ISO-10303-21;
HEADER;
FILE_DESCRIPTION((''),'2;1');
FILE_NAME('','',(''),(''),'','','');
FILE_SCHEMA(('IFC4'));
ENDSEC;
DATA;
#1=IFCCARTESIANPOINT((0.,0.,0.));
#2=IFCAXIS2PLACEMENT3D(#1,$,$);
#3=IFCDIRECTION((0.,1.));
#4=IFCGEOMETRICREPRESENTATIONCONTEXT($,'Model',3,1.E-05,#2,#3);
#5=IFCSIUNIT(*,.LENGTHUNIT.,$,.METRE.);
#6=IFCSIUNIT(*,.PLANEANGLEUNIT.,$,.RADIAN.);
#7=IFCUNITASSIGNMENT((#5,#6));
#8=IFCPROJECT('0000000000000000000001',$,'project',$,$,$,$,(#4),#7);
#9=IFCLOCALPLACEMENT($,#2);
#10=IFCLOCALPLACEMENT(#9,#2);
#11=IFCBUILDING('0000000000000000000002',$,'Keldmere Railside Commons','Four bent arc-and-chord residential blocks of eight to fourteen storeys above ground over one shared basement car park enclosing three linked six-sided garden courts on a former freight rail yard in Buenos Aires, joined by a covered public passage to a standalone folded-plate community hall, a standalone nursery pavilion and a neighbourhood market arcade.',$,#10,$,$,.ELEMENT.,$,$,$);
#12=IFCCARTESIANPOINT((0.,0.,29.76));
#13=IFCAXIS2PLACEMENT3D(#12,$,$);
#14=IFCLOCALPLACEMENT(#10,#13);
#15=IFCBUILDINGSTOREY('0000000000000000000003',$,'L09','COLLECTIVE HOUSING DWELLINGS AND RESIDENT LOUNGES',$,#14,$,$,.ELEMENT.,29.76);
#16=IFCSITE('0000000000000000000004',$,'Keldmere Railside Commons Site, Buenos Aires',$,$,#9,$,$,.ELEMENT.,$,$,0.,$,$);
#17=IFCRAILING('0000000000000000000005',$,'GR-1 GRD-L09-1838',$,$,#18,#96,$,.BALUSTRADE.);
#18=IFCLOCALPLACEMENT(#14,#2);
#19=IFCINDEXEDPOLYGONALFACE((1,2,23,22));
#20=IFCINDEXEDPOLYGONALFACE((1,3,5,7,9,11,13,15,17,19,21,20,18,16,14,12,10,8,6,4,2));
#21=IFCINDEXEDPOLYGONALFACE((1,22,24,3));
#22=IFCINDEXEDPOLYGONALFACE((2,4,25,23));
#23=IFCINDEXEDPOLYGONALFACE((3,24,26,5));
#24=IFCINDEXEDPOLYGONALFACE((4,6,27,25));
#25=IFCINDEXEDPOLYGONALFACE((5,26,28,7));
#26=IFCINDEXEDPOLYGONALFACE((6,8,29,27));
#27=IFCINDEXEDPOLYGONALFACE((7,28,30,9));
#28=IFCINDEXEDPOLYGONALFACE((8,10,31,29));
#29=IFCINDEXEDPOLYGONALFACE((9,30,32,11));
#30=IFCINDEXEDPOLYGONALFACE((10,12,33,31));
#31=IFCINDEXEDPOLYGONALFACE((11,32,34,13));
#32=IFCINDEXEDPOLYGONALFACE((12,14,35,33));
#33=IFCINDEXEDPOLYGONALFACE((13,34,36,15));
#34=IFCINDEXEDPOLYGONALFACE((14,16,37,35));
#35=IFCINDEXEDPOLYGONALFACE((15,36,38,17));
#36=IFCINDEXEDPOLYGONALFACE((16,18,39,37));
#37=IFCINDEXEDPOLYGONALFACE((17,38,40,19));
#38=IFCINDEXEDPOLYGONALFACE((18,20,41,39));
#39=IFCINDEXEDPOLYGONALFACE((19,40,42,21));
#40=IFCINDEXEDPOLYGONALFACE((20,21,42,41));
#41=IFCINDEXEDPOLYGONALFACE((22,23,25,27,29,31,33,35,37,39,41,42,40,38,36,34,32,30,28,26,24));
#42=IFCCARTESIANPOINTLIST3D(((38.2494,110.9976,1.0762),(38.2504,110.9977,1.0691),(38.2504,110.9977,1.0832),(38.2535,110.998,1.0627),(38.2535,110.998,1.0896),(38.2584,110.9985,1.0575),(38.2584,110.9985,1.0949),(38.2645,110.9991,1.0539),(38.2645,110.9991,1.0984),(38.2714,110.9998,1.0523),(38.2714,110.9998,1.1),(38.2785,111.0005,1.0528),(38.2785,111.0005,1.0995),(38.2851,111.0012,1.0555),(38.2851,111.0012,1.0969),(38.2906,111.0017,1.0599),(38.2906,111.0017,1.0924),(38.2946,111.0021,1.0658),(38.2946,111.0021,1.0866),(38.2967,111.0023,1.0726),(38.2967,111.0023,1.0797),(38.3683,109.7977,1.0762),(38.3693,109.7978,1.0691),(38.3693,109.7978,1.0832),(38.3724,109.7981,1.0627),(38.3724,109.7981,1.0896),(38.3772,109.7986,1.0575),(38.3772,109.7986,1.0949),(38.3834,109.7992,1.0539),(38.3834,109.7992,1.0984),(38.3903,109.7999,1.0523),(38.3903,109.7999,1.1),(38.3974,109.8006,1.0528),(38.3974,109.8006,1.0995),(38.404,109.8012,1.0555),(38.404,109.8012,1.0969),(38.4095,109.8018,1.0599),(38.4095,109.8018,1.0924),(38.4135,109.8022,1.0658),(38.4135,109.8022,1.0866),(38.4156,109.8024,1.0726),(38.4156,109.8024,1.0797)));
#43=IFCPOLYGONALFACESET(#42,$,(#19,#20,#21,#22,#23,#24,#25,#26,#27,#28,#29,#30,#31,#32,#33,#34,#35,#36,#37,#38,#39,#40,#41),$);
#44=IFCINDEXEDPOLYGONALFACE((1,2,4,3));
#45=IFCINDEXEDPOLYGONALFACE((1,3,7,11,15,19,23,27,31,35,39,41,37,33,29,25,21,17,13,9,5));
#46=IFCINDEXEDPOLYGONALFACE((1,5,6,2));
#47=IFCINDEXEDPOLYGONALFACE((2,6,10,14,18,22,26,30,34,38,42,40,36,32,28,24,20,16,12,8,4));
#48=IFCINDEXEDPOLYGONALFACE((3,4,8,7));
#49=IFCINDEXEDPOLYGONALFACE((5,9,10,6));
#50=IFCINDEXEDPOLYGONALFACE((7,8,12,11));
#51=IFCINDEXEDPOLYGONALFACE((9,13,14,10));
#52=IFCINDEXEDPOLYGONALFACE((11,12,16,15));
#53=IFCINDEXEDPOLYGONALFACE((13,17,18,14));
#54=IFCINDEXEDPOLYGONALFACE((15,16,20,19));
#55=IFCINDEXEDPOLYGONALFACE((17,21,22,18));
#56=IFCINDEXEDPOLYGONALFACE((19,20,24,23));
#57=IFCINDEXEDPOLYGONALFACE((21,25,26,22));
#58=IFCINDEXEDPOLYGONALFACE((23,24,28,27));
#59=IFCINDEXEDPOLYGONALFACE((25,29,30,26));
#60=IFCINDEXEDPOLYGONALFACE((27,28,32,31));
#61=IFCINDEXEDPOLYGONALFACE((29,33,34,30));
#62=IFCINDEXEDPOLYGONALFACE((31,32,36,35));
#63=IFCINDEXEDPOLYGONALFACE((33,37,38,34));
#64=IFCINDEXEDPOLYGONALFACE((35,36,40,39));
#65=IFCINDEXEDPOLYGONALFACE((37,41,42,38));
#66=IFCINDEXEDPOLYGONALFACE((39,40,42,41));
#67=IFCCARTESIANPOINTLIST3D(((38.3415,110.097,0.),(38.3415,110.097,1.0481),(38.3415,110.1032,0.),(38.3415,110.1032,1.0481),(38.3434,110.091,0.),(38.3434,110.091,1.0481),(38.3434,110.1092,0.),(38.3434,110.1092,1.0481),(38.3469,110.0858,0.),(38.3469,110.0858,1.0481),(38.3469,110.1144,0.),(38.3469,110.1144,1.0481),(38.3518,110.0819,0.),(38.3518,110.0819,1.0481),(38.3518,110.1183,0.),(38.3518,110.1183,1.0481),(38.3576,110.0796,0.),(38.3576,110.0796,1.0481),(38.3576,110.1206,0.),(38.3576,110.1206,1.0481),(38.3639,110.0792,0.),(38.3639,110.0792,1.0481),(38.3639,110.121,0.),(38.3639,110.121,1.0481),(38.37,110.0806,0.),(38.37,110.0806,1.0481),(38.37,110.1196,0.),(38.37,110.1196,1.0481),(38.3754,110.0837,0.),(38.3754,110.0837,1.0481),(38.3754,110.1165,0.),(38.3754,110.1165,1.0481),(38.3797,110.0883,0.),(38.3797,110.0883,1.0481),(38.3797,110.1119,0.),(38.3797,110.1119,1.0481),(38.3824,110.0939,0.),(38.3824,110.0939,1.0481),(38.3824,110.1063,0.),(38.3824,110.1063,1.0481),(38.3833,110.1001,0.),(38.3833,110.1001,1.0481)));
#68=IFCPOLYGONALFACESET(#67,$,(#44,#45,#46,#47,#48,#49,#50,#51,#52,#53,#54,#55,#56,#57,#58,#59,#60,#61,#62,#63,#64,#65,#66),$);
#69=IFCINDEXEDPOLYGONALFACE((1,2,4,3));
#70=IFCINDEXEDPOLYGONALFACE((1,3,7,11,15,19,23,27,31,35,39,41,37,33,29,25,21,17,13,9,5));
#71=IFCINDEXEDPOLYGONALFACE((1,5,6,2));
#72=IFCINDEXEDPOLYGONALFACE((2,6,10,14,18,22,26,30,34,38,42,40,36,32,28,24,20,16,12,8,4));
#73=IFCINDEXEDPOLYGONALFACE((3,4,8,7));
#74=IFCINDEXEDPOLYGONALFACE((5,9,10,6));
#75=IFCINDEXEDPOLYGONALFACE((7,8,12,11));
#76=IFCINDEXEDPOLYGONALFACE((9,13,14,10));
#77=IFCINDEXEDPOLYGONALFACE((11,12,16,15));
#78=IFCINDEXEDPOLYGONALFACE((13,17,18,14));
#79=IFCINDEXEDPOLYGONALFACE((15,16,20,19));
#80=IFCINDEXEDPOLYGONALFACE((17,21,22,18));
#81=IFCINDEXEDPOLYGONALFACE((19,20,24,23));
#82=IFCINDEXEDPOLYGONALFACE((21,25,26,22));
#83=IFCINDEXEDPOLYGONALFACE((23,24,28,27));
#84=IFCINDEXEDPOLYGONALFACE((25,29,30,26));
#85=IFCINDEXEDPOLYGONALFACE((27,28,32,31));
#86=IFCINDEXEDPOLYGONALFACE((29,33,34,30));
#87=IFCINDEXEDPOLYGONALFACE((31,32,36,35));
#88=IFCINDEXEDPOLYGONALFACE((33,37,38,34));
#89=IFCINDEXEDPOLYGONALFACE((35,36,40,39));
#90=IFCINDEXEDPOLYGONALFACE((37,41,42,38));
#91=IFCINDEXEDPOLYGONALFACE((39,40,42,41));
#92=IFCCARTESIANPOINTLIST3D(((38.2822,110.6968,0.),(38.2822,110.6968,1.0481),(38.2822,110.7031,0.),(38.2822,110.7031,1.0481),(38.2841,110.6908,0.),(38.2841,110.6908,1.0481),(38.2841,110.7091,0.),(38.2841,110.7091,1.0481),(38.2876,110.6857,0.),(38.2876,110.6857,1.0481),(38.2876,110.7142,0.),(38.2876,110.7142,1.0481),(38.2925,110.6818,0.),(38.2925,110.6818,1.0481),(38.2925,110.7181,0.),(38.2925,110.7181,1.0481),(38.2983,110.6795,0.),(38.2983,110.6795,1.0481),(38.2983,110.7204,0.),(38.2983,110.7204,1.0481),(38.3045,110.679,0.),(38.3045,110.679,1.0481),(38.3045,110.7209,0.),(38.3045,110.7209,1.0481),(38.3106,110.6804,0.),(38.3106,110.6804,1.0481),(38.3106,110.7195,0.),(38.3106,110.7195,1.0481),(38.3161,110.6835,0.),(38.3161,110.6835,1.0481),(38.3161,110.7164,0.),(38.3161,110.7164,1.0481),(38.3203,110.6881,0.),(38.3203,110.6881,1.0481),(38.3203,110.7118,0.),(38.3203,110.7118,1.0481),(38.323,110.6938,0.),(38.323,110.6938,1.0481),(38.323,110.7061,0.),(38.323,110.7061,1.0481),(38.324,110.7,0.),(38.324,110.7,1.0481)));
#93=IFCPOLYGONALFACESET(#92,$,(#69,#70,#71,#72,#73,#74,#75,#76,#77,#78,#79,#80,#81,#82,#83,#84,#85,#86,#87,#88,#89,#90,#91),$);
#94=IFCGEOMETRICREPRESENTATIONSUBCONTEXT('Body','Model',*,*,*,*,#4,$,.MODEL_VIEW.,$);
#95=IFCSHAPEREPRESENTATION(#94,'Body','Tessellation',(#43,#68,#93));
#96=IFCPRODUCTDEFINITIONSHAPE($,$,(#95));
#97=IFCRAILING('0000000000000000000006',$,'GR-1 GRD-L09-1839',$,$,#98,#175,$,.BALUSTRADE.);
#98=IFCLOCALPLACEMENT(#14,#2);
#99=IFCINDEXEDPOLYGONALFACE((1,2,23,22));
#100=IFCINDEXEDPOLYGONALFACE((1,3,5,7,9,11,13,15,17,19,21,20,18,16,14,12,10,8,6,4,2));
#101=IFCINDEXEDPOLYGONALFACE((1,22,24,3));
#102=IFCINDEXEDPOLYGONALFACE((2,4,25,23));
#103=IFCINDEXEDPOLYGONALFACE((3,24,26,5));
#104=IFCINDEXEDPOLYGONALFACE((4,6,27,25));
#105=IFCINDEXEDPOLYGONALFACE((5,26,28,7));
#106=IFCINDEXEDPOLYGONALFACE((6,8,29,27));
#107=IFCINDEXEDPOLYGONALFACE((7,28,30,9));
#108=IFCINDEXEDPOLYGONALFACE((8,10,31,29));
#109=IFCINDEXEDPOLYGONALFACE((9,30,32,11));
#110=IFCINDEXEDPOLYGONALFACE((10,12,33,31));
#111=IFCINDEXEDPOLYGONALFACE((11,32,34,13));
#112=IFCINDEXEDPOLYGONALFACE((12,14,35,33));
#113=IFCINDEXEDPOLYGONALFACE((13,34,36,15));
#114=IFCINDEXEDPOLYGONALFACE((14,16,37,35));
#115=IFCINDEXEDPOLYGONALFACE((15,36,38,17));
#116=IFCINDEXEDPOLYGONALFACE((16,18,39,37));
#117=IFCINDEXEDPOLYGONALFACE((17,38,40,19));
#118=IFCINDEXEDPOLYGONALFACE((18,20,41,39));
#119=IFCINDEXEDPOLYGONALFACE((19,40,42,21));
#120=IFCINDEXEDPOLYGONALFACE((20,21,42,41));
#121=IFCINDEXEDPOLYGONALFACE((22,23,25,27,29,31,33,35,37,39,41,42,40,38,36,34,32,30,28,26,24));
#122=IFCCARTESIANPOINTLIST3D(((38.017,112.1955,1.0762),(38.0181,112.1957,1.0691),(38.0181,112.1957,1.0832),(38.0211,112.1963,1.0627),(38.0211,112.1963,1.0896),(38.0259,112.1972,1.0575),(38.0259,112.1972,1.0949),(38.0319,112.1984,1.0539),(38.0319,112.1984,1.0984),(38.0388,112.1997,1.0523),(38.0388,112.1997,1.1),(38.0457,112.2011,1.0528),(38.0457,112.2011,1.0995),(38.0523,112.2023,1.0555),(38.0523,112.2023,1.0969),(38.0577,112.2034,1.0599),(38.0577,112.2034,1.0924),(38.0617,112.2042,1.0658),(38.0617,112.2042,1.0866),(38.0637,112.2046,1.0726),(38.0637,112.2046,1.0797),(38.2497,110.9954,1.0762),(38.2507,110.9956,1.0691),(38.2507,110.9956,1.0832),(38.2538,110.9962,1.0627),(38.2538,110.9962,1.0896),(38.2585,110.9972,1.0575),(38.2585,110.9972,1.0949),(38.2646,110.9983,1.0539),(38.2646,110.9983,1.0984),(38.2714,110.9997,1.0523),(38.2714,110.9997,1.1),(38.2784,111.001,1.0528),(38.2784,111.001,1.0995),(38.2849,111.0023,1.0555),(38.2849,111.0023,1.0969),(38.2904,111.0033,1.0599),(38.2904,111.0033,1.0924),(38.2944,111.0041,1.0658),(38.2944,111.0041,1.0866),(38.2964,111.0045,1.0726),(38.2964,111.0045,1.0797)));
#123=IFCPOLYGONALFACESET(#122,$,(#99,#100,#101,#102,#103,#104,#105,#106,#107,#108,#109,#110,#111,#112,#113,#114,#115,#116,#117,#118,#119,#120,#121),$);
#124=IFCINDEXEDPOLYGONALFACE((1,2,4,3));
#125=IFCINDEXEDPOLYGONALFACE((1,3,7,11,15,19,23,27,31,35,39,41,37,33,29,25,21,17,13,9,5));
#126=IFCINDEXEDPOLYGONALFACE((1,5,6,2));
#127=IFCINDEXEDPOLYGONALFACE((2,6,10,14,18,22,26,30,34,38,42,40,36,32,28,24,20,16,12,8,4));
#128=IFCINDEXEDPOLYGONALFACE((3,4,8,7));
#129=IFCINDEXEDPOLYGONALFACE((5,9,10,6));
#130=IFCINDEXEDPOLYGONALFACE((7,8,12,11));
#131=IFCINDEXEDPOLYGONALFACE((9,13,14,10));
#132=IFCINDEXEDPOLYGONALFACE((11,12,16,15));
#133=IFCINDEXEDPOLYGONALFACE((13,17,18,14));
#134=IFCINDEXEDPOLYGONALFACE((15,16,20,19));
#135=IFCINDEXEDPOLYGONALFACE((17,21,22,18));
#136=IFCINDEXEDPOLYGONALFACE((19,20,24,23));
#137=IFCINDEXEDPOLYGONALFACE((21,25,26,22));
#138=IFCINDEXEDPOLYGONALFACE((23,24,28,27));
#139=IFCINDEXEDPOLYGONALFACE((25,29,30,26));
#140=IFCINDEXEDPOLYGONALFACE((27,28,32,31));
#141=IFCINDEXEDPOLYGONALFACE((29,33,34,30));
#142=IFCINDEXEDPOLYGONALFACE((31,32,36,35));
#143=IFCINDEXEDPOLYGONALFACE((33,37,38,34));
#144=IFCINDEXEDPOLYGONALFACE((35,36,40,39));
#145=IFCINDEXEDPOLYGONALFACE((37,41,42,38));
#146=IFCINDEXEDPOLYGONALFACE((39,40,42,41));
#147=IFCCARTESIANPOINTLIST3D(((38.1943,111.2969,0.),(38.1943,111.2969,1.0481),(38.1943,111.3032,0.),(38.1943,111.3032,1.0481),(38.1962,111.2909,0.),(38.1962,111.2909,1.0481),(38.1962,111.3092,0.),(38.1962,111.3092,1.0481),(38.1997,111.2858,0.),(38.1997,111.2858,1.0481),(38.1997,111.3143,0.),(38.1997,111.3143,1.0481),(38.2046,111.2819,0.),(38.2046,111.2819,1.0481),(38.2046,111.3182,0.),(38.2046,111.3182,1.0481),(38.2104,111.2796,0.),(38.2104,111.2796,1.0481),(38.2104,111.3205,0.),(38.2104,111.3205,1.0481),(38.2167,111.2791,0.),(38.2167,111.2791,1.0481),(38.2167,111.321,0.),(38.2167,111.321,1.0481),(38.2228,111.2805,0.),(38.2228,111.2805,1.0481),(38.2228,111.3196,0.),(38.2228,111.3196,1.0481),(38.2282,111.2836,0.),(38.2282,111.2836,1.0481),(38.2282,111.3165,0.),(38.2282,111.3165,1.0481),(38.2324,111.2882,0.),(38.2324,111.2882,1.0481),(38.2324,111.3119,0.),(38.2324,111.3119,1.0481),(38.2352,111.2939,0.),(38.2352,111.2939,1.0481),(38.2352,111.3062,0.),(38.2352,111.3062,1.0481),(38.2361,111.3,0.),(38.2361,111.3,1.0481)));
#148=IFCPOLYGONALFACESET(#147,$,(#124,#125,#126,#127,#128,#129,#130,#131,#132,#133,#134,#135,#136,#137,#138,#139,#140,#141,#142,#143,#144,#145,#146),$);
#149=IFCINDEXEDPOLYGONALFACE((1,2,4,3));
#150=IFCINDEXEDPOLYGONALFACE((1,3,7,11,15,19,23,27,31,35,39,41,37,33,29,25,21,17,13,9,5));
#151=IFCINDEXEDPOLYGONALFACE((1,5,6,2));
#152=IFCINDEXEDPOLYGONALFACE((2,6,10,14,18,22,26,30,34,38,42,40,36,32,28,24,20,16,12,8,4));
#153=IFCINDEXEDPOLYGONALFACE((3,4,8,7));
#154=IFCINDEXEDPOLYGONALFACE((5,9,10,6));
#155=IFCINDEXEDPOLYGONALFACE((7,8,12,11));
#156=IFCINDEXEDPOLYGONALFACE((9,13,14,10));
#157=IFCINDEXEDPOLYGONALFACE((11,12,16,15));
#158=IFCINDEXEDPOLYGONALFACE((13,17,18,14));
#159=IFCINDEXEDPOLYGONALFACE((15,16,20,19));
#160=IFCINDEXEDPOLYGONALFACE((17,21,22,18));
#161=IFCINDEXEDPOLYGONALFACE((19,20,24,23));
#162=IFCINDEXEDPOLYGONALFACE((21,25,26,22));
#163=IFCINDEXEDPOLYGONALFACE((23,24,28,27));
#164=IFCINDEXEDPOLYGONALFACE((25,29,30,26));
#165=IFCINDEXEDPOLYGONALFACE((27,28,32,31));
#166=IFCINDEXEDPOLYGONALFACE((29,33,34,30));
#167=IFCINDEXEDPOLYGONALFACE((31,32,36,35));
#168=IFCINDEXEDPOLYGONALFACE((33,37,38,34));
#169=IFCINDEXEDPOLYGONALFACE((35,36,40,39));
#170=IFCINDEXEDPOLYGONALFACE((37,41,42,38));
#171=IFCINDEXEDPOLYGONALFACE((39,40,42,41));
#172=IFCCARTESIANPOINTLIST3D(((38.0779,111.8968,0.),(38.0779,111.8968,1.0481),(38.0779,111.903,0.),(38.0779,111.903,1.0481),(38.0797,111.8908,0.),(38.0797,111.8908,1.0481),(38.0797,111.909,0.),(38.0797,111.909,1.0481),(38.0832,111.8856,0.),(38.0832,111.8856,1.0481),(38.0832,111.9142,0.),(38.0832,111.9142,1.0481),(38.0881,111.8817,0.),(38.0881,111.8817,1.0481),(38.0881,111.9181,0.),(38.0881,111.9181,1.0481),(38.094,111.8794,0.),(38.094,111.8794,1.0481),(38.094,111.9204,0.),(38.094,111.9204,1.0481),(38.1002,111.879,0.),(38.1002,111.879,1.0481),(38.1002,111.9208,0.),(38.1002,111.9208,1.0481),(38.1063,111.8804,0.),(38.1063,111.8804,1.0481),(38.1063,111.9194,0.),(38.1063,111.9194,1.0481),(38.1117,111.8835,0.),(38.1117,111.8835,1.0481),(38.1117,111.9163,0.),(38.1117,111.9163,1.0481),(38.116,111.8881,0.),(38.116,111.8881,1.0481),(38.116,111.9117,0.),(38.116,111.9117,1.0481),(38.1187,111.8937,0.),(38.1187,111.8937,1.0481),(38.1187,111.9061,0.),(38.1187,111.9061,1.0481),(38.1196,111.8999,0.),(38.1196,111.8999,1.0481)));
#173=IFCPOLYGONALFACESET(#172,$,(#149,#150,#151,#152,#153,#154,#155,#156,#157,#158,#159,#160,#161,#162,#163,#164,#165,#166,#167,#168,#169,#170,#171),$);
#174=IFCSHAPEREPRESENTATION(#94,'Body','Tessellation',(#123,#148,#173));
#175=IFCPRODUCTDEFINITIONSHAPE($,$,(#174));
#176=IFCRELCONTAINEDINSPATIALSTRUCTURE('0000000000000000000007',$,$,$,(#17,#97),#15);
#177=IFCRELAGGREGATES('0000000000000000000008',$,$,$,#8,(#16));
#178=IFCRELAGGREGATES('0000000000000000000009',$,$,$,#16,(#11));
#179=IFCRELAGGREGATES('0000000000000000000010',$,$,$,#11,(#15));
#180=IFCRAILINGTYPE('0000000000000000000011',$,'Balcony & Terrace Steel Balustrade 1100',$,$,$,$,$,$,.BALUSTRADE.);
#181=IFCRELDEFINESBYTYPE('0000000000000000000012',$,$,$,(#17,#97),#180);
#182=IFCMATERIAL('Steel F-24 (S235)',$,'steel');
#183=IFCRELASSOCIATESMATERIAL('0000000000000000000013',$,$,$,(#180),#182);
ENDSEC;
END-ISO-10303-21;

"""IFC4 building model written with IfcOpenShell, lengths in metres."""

from ifc_helpers import new_model, si_unit, direction, frame, origin, origin_2d, place, context, subcontext, project, spatial, circle, extrude, material, type_object, element, save


model = new_model("IFC4")

# Units and contexts
model_context = context("Model", 3, precision=1e-05, world=origin(), true_north=direction((0.0, 1.0)))
body_context = subcontext(model_context, "Body", "Model", "MODEL_VIEW")
ifc_project = project(units=[si_unit("LENGTHUNIT", "METRE"), si_unit("PLANEANGLEUNIT", "RADIAN")], contexts=[model_context])

# Site, building, storey
site_placement = place(None, origin())
site = spatial("IfcSite", under=ifc_project, at=site_placement, Name="Keldmere Railside Commons Site, Buenos Aires", CompositionType="ELEMENT", RefElevation=0.0)
building_placement = place(site_placement, origin())
building = spatial("IfcBuilding", under=site, at=building_placement, Name="Keldmere Railside Commons", Description="Four bent arc-and-chord residential blocks of eight to fourteen storeys above ground over one shared basement car park enclosing three linked six-sided garden courts on a former freight rail yard in Buenos Aires, joined by a covered public passage to a standalone folded-plate community hall, a standalone nursery pavilion and a neighbourhood market arcade.", CompositionType="ELEMENT")
storey_placement = place(building_placement, frame((0.0, 0.0, 29.76)))
storey = spatial("IfcBuildingStorey", under=building, at=storey_placement, Name="L09", Description="COLLECTIVE HOUSING DWELLINGS AND RESIDENT LOUNGES", CompositionType="ELEMENT", Elevation=29.76)

# Railings
ifc_material_1 = material(Name="Steel F-24 (S235)", Category="steel")
railing_type = type_object("IfcRailingType", Name="Balcony & Terrace Steel Balustrade 1100", PredefinedType="BALUSTRADE", material=ifc_material_1)
railing_1_placement = place(storey_placement, frame((38.3921, 109.8, 0.0)))
element("IfcRailing", 1, at=railing_1_placement, inside=storey, type_object=railing_type, Name="GR-1 GRD-L09-1838", PredefinedType="BALUSTRADE", context=body_context, shape_type="SweptSolid", body=[
    extrude(circle(Radius=0.0239, at=origin_2d()), frame((0.0, 0.0, 1.0762), z_axis=(-0.098602, 0.995127, 0.0), x_axis=(-0.995127, -0.098602, 0.0)), (0.0, 0.0, 1.0), 1.2058),
    extrude(circle(Radius=0.021, at=origin_2d()), frame((-0.0298, 0.3, 0.0)), (0.0, 0.0, 1.0), 1.0481),
    extrude(circle(Radius=0.021, at=origin_2d()), frame((-0.0891, 0.8999, 0.0)), (0.0, 0.0, 1.0), 1.0481),
])
railing_2_placement = place(storey_placement, frame((38.2732, 111.0, 0.0)))
element("IfcRailing", 2, at=railing_2_placement, inside=storey, type_object=railing_type, Name="GR-1 GRD-L09-1839", PredefinedType="BALUSTRADE", context=body_context, shape_type="SweptSolid", body=[
    extrude(circle(Radius=0.0239, at=origin_2d()), frame((0.0, 0.0, 1.0762), z_axis=(-0.190351, 0.981716, 0.0), x_axis=(-0.981716, -0.190351, 0.0)), (0.0, 0.0, 1.0), 1.2224),
    extrude(circle(Radius=0.021, at=origin_2d()), frame((-0.0581, 0.3, 0.0)), (0.0, 0.0, 1.0), 1.0481),
    extrude(circle(Radius=0.021, at=origin_2d()), frame((-0.1746, 0.8999, 0.0)), (0.0, 0.0, 1.0), 1.0481),
])

save(model, "model.ifc")
